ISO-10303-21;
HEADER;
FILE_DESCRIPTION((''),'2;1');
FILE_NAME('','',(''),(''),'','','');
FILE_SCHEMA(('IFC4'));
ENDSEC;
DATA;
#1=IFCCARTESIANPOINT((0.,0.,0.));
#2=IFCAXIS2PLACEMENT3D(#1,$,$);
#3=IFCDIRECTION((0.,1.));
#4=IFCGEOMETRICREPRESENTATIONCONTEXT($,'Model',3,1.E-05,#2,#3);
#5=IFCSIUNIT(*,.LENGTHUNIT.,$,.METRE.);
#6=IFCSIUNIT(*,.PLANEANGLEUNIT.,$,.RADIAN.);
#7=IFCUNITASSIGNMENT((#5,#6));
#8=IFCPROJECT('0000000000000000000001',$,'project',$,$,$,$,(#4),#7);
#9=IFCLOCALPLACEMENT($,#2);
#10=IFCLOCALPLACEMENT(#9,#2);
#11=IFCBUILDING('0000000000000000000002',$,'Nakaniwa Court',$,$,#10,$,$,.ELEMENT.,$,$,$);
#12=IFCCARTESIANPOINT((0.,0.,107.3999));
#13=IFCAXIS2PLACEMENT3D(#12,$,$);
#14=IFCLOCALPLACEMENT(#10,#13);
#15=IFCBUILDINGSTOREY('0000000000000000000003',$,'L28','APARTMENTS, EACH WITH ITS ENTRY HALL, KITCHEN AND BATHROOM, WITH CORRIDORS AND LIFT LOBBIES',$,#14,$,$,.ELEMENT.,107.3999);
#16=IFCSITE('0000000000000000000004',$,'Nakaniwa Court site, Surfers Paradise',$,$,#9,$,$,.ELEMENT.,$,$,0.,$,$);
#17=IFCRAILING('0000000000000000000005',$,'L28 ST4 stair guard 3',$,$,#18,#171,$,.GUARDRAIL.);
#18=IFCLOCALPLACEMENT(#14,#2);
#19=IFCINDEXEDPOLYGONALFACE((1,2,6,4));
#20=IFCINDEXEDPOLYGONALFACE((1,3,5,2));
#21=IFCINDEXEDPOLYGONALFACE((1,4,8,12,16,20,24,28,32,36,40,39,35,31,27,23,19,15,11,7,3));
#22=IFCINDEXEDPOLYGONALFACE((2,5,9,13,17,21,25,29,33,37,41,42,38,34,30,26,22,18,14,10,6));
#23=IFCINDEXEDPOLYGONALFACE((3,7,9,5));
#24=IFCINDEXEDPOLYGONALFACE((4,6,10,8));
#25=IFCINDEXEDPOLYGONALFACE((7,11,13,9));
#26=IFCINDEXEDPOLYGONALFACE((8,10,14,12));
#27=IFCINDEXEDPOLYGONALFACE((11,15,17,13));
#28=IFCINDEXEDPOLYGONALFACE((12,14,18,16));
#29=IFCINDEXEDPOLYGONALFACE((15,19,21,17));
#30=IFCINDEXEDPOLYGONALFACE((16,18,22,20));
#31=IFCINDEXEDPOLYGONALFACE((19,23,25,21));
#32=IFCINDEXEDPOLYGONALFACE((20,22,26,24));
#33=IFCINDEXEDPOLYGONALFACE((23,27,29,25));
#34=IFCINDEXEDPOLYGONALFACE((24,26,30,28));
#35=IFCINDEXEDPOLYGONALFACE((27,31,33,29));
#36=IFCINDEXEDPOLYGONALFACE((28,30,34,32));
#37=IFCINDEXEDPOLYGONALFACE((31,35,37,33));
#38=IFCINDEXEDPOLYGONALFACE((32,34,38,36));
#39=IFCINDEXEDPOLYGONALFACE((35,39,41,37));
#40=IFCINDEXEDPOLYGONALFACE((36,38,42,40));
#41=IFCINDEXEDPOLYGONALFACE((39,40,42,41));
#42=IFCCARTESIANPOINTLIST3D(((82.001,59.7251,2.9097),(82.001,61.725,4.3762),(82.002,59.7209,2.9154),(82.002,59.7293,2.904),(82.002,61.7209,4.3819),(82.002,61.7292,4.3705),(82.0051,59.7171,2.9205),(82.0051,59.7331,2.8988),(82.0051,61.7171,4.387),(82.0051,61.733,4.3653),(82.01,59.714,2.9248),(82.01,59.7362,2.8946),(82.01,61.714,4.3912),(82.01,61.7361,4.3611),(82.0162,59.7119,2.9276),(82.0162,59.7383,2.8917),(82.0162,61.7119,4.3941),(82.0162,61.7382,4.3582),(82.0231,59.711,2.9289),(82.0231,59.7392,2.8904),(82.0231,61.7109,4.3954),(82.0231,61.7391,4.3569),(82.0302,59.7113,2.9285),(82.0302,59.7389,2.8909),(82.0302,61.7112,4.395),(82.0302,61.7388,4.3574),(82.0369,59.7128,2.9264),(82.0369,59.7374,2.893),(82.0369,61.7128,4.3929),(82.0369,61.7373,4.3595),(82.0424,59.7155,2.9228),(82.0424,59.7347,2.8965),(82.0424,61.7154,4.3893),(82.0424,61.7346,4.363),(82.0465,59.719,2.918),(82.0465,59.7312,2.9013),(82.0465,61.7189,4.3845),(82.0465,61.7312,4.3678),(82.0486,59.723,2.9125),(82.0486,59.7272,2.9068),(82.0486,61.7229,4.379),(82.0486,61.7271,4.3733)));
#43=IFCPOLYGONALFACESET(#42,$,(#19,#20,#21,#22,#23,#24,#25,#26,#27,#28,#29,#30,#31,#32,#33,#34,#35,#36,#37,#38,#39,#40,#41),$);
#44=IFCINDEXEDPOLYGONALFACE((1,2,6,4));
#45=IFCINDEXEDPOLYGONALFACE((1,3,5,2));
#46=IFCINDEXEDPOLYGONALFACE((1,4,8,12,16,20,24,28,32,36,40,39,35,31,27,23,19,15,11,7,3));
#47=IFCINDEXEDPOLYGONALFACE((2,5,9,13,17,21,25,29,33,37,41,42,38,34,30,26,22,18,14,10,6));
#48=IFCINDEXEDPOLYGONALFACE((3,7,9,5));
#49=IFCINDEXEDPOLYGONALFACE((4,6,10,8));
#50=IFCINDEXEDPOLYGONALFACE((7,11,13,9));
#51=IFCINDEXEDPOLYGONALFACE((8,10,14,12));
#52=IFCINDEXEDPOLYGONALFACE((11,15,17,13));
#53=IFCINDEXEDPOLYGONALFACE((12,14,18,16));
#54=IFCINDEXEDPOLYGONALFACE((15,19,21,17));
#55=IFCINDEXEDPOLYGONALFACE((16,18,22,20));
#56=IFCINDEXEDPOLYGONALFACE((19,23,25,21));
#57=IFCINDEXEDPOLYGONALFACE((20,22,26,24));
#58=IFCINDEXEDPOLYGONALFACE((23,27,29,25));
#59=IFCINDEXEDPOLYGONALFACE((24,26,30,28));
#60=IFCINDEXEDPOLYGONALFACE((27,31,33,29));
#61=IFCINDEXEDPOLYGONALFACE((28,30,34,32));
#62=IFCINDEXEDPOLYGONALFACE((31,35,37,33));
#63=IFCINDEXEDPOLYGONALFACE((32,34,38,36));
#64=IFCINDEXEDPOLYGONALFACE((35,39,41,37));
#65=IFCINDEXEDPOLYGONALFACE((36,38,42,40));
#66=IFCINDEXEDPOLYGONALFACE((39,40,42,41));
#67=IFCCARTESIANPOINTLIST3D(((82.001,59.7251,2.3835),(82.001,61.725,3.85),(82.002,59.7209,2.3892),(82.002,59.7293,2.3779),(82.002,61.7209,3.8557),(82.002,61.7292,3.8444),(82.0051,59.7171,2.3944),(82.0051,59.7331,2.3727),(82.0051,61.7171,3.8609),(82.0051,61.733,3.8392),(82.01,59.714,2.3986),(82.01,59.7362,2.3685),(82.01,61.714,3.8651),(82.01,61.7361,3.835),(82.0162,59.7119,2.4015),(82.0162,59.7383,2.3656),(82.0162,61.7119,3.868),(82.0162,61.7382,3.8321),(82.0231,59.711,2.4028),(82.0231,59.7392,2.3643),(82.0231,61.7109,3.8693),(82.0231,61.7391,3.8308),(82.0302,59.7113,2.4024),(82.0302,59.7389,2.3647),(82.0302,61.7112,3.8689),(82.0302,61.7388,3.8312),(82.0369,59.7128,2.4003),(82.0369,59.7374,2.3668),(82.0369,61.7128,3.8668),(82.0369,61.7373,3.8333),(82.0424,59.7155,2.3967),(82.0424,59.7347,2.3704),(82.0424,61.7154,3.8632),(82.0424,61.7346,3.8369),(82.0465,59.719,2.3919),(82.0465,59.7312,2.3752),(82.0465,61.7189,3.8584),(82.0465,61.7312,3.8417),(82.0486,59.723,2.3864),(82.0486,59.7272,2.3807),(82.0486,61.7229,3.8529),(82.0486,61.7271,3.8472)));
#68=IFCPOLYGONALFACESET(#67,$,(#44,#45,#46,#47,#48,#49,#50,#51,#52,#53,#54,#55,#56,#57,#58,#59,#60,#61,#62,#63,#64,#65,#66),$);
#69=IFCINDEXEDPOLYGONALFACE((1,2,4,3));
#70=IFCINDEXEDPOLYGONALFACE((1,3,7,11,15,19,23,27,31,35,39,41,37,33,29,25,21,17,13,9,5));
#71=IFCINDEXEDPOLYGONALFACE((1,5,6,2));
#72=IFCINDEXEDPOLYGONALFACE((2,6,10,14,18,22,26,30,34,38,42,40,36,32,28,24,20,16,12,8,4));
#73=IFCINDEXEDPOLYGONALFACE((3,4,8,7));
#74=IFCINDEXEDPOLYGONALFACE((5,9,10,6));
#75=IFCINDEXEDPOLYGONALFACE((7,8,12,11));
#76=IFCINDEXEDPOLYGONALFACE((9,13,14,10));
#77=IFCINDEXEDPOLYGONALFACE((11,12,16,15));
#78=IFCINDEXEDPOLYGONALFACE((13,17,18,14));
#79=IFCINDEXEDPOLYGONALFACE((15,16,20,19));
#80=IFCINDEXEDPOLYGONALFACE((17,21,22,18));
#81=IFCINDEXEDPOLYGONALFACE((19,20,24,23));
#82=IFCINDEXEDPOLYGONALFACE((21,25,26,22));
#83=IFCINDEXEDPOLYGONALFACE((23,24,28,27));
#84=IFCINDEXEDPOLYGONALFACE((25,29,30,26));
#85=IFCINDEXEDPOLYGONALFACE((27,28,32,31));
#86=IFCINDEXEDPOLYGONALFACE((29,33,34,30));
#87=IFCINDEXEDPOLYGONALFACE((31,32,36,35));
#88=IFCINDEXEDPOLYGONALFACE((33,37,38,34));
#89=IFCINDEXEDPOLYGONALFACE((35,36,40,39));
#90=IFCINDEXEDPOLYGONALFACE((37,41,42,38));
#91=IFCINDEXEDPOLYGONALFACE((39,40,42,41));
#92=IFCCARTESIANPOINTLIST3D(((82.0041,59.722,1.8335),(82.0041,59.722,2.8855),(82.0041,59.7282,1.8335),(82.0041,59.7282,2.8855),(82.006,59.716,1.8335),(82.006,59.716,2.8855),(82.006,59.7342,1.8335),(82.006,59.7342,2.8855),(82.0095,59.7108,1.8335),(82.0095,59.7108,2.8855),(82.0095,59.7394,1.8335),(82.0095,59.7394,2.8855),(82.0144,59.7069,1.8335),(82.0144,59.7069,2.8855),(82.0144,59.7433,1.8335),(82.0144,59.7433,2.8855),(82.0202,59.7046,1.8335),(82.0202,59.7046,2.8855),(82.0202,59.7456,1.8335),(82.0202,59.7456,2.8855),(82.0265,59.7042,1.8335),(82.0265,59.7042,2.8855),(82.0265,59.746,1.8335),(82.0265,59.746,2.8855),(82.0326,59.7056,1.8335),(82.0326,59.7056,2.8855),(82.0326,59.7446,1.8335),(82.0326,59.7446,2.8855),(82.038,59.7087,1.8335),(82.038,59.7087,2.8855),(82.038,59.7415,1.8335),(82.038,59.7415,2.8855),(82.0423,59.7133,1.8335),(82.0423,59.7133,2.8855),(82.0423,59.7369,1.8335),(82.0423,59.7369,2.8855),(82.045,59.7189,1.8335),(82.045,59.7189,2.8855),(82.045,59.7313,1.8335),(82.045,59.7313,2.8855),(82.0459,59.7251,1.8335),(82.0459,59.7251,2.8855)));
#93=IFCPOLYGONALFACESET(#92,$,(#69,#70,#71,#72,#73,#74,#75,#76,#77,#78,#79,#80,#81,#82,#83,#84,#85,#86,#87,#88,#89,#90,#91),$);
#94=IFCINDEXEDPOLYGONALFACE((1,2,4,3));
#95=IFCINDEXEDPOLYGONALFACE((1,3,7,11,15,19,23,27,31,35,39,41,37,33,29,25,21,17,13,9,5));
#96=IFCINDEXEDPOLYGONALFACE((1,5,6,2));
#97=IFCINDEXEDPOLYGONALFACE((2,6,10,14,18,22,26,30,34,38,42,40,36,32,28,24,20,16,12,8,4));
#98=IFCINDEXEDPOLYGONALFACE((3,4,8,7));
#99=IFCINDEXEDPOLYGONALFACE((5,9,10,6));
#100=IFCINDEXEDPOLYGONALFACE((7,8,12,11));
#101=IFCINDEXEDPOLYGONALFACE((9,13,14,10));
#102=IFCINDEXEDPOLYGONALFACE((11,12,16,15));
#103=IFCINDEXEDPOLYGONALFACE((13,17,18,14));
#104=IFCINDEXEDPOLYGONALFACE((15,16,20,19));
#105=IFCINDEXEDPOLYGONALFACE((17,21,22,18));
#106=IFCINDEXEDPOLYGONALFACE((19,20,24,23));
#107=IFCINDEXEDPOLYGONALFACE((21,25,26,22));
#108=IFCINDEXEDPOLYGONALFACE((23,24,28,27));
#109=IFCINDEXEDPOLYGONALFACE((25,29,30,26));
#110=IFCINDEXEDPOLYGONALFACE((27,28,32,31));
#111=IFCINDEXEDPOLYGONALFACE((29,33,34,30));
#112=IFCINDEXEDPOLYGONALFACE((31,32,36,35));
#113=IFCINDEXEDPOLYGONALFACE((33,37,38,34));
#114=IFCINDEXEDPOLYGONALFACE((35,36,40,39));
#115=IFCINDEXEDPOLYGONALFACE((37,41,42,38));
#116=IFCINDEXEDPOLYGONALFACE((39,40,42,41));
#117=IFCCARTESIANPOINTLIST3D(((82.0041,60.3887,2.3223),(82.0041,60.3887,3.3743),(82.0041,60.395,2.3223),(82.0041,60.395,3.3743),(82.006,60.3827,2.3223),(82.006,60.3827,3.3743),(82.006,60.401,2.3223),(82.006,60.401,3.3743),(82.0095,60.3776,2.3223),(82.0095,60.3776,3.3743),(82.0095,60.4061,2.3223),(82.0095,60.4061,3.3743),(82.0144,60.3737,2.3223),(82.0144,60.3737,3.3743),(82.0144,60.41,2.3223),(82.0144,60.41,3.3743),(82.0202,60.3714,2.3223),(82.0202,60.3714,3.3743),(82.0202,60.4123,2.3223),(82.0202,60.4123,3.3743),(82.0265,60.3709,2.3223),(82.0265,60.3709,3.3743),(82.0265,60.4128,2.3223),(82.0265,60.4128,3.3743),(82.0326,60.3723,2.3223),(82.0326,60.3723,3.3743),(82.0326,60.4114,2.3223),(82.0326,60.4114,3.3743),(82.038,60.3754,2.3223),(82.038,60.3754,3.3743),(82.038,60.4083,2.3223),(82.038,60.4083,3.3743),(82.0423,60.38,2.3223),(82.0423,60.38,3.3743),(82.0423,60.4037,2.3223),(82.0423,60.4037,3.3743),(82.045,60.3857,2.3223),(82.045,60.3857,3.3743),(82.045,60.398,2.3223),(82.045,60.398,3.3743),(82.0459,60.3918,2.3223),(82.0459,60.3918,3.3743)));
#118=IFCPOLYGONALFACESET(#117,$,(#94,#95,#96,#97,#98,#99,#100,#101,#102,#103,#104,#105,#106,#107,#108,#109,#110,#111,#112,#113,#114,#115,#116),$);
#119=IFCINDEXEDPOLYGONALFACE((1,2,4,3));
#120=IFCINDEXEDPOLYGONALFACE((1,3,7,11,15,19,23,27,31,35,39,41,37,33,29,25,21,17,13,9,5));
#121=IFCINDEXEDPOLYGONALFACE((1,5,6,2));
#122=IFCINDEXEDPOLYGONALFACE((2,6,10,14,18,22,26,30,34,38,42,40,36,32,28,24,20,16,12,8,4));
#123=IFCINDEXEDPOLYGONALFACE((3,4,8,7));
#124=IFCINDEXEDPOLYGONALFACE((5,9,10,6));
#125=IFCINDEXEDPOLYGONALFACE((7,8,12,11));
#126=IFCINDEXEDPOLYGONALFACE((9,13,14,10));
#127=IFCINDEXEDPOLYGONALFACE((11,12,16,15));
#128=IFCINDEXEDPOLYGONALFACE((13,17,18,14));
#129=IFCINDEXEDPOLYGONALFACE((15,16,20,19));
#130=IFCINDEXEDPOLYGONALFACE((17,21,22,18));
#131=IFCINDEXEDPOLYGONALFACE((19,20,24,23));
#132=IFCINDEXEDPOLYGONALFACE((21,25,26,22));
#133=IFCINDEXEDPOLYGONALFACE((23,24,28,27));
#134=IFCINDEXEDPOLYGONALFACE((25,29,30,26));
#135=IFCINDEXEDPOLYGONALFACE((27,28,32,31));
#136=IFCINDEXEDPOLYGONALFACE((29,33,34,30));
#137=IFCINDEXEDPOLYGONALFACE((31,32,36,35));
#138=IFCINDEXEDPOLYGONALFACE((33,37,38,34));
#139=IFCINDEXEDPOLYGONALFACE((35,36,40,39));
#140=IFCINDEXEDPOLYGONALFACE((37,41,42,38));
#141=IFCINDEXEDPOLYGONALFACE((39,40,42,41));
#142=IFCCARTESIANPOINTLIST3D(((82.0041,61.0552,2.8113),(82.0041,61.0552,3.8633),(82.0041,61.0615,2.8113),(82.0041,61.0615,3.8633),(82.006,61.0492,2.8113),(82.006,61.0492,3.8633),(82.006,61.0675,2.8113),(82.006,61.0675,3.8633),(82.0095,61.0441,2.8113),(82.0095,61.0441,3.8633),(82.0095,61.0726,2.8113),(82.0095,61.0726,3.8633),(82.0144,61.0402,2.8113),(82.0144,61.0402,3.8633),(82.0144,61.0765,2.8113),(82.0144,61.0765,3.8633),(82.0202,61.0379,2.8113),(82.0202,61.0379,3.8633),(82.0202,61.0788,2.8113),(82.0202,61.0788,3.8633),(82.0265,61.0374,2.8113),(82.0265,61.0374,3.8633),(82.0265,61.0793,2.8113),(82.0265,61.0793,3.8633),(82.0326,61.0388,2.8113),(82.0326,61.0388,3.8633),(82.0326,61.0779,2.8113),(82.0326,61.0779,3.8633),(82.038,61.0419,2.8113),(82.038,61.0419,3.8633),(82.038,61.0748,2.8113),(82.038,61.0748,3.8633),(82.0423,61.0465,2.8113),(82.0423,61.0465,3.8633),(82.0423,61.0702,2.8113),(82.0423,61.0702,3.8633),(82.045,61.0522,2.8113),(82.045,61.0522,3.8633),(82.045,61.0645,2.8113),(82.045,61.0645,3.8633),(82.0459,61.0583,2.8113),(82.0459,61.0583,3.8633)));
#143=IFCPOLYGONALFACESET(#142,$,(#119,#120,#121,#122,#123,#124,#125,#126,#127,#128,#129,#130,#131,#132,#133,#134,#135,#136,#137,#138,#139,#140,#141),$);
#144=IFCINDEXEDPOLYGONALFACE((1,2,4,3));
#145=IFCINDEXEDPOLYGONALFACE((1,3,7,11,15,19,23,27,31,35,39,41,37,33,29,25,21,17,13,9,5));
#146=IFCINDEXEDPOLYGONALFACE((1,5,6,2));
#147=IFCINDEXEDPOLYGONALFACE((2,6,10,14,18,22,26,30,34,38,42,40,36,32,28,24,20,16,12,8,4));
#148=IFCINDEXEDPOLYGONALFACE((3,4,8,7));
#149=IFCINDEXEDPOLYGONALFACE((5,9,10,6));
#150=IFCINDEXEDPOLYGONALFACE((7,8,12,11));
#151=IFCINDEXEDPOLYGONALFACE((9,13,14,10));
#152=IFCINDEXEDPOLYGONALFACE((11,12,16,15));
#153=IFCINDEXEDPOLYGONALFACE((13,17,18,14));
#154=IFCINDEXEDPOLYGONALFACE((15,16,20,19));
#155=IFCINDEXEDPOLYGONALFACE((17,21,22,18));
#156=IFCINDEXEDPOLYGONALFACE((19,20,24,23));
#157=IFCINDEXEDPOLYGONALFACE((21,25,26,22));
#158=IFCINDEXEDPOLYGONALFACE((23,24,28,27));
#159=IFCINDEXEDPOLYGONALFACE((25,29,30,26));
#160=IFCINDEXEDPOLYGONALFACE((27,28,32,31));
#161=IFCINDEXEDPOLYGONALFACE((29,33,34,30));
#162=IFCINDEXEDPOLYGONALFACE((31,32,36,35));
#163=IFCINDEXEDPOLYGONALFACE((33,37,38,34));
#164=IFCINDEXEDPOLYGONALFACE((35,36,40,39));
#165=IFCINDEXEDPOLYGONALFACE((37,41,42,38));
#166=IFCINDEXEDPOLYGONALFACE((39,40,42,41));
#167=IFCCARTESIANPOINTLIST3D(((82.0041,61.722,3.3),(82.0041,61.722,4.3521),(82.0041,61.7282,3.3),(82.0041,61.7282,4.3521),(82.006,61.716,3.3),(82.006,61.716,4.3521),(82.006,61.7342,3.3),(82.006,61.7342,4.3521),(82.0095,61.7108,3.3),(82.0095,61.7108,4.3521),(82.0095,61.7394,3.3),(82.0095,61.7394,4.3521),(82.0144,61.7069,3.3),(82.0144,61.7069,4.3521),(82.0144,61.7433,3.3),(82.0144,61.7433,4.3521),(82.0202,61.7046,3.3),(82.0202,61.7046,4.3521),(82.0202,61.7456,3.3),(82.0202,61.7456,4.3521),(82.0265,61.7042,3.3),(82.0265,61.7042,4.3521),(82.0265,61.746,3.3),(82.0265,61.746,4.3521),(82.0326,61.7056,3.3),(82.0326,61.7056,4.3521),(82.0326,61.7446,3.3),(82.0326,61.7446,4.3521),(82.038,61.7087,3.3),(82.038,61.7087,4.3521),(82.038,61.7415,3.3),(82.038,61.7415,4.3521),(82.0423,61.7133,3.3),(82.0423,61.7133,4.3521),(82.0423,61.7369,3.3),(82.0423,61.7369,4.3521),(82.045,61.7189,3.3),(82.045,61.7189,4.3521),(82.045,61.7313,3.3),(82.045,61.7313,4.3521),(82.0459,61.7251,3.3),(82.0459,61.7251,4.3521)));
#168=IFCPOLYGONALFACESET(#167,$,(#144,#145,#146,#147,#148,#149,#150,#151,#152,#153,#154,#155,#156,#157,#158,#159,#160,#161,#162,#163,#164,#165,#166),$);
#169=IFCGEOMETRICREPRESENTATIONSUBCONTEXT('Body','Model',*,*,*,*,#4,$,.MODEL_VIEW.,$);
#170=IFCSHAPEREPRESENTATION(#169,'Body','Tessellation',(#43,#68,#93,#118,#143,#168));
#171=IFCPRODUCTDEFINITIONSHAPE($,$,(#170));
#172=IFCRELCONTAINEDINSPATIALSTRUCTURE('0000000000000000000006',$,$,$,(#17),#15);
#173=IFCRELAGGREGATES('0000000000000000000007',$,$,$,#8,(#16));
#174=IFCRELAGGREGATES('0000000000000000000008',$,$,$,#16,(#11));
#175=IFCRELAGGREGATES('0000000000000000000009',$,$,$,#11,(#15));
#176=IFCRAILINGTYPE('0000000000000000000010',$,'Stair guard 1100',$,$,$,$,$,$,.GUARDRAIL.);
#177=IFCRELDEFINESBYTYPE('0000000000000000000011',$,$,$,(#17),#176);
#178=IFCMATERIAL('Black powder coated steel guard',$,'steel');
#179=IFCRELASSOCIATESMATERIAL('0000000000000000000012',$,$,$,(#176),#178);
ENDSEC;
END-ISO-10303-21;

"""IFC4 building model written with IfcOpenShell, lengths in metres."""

from ifc_helpers import new_model, si_unit, direction, frame, origin, origin_2d, place, context, subcontext, project, spatial, circle, extrude, material, type_object, element, save


model = new_model("IFC4")

# Units and contexts
model_context = context("Model", 3, precision=1e-05, world=origin(), true_north=direction((0.0, 1.0)))
body_context = subcontext(model_context, "Body", "Model", "MODEL_VIEW")
ifc_project = project(units=[si_unit("LENGTHUNIT", "METRE"), si_unit("PLANEANGLEUNIT", "RADIAN")], contexts=[model_context])

# Site, building, storey
site_placement = place(None, origin())
site = spatial("IfcSite", under=ifc_project, at=site_placement, Name="Nakaniwa Court site, Surfers Paradise", CompositionType="ELEMENT", RefElevation=0.0)
building_placement = place(site_placement, origin())
building = spatial("IfcBuilding", under=site, at=building_placement, Name="Nakaniwa Court", CompositionType="ELEMENT")
storey_placement = place(building_placement, frame((0.0, 0.0, 107.3999)))
storey = spatial("IfcBuildingStorey", under=building, at=storey_placement, Name="L28", Description="APARTMENTS, EACH WITH ITS ENTRY HALL, KITCHEN AND BATHROOM, WITH CORRIDORS AND LIFT LOBBIES", CompositionType="ELEMENT", Elevation=107.3999)

# Railing
ifc_material_1 = material(Name="Black powder coated steel guard", Category="steel")
railing_type_1 = type_object("IfcRailingType", Name="Stair guard 1100", PredefinedType="GUARDRAIL", material=ifc_material_1)
railing_1_placement = place(storey_placement, frame((82.0249, 59.7251, 1.8335)))
element("IfcRailing", 1, at=railing_1_placement, inside=storey, type_object=railing_type_1, Name="L28 ST4 stair guard 3", PredefinedType="GUARDRAIL", context=body_context, shape_type="SweptSolid", body=[
    extrude(circle(Radius=0.0239, at=origin_2d()), frame((0.0, 0.0, 1.0762), z_axis=(0.0, 0.806427, 0.591334), x_axis=(-1.0, 0.0, 0.0)), (0.0, 0.0, 1.0), 2.48),
    extrude(circle(Radius=0.0239, at=origin_2d()), frame((0.0, 0.0, 0.55), z_axis=(0.0, 0.806427, 0.591334), x_axis=(-1.0, 0.0, 0.0)), (0.0, 0.0, 1.0), 2.48),
    extrude(circle(Radius=0.021, at=origin_2d()), origin(), (0.0, 0.0, 1.0), 1.052),
    extrude(circle(Radius=0.021, at=origin_2d()), frame((0.0, 0.6667, 0.4888)), (0.0, 0.0, 1.0), 1.052),
    extrude(circle(Radius=0.021, at=origin_2d()), frame((0.0, 1.3333, 0.9778)), (0.0, 0.0, 1.0), 1.052),
    extrude(circle(Radius=0.021, at=origin_2d()), frame((0.0, 2.0, 1.4666)), (0.0, 0.0, 1.0), 1.052),
])

save(model, "model.ifc")
